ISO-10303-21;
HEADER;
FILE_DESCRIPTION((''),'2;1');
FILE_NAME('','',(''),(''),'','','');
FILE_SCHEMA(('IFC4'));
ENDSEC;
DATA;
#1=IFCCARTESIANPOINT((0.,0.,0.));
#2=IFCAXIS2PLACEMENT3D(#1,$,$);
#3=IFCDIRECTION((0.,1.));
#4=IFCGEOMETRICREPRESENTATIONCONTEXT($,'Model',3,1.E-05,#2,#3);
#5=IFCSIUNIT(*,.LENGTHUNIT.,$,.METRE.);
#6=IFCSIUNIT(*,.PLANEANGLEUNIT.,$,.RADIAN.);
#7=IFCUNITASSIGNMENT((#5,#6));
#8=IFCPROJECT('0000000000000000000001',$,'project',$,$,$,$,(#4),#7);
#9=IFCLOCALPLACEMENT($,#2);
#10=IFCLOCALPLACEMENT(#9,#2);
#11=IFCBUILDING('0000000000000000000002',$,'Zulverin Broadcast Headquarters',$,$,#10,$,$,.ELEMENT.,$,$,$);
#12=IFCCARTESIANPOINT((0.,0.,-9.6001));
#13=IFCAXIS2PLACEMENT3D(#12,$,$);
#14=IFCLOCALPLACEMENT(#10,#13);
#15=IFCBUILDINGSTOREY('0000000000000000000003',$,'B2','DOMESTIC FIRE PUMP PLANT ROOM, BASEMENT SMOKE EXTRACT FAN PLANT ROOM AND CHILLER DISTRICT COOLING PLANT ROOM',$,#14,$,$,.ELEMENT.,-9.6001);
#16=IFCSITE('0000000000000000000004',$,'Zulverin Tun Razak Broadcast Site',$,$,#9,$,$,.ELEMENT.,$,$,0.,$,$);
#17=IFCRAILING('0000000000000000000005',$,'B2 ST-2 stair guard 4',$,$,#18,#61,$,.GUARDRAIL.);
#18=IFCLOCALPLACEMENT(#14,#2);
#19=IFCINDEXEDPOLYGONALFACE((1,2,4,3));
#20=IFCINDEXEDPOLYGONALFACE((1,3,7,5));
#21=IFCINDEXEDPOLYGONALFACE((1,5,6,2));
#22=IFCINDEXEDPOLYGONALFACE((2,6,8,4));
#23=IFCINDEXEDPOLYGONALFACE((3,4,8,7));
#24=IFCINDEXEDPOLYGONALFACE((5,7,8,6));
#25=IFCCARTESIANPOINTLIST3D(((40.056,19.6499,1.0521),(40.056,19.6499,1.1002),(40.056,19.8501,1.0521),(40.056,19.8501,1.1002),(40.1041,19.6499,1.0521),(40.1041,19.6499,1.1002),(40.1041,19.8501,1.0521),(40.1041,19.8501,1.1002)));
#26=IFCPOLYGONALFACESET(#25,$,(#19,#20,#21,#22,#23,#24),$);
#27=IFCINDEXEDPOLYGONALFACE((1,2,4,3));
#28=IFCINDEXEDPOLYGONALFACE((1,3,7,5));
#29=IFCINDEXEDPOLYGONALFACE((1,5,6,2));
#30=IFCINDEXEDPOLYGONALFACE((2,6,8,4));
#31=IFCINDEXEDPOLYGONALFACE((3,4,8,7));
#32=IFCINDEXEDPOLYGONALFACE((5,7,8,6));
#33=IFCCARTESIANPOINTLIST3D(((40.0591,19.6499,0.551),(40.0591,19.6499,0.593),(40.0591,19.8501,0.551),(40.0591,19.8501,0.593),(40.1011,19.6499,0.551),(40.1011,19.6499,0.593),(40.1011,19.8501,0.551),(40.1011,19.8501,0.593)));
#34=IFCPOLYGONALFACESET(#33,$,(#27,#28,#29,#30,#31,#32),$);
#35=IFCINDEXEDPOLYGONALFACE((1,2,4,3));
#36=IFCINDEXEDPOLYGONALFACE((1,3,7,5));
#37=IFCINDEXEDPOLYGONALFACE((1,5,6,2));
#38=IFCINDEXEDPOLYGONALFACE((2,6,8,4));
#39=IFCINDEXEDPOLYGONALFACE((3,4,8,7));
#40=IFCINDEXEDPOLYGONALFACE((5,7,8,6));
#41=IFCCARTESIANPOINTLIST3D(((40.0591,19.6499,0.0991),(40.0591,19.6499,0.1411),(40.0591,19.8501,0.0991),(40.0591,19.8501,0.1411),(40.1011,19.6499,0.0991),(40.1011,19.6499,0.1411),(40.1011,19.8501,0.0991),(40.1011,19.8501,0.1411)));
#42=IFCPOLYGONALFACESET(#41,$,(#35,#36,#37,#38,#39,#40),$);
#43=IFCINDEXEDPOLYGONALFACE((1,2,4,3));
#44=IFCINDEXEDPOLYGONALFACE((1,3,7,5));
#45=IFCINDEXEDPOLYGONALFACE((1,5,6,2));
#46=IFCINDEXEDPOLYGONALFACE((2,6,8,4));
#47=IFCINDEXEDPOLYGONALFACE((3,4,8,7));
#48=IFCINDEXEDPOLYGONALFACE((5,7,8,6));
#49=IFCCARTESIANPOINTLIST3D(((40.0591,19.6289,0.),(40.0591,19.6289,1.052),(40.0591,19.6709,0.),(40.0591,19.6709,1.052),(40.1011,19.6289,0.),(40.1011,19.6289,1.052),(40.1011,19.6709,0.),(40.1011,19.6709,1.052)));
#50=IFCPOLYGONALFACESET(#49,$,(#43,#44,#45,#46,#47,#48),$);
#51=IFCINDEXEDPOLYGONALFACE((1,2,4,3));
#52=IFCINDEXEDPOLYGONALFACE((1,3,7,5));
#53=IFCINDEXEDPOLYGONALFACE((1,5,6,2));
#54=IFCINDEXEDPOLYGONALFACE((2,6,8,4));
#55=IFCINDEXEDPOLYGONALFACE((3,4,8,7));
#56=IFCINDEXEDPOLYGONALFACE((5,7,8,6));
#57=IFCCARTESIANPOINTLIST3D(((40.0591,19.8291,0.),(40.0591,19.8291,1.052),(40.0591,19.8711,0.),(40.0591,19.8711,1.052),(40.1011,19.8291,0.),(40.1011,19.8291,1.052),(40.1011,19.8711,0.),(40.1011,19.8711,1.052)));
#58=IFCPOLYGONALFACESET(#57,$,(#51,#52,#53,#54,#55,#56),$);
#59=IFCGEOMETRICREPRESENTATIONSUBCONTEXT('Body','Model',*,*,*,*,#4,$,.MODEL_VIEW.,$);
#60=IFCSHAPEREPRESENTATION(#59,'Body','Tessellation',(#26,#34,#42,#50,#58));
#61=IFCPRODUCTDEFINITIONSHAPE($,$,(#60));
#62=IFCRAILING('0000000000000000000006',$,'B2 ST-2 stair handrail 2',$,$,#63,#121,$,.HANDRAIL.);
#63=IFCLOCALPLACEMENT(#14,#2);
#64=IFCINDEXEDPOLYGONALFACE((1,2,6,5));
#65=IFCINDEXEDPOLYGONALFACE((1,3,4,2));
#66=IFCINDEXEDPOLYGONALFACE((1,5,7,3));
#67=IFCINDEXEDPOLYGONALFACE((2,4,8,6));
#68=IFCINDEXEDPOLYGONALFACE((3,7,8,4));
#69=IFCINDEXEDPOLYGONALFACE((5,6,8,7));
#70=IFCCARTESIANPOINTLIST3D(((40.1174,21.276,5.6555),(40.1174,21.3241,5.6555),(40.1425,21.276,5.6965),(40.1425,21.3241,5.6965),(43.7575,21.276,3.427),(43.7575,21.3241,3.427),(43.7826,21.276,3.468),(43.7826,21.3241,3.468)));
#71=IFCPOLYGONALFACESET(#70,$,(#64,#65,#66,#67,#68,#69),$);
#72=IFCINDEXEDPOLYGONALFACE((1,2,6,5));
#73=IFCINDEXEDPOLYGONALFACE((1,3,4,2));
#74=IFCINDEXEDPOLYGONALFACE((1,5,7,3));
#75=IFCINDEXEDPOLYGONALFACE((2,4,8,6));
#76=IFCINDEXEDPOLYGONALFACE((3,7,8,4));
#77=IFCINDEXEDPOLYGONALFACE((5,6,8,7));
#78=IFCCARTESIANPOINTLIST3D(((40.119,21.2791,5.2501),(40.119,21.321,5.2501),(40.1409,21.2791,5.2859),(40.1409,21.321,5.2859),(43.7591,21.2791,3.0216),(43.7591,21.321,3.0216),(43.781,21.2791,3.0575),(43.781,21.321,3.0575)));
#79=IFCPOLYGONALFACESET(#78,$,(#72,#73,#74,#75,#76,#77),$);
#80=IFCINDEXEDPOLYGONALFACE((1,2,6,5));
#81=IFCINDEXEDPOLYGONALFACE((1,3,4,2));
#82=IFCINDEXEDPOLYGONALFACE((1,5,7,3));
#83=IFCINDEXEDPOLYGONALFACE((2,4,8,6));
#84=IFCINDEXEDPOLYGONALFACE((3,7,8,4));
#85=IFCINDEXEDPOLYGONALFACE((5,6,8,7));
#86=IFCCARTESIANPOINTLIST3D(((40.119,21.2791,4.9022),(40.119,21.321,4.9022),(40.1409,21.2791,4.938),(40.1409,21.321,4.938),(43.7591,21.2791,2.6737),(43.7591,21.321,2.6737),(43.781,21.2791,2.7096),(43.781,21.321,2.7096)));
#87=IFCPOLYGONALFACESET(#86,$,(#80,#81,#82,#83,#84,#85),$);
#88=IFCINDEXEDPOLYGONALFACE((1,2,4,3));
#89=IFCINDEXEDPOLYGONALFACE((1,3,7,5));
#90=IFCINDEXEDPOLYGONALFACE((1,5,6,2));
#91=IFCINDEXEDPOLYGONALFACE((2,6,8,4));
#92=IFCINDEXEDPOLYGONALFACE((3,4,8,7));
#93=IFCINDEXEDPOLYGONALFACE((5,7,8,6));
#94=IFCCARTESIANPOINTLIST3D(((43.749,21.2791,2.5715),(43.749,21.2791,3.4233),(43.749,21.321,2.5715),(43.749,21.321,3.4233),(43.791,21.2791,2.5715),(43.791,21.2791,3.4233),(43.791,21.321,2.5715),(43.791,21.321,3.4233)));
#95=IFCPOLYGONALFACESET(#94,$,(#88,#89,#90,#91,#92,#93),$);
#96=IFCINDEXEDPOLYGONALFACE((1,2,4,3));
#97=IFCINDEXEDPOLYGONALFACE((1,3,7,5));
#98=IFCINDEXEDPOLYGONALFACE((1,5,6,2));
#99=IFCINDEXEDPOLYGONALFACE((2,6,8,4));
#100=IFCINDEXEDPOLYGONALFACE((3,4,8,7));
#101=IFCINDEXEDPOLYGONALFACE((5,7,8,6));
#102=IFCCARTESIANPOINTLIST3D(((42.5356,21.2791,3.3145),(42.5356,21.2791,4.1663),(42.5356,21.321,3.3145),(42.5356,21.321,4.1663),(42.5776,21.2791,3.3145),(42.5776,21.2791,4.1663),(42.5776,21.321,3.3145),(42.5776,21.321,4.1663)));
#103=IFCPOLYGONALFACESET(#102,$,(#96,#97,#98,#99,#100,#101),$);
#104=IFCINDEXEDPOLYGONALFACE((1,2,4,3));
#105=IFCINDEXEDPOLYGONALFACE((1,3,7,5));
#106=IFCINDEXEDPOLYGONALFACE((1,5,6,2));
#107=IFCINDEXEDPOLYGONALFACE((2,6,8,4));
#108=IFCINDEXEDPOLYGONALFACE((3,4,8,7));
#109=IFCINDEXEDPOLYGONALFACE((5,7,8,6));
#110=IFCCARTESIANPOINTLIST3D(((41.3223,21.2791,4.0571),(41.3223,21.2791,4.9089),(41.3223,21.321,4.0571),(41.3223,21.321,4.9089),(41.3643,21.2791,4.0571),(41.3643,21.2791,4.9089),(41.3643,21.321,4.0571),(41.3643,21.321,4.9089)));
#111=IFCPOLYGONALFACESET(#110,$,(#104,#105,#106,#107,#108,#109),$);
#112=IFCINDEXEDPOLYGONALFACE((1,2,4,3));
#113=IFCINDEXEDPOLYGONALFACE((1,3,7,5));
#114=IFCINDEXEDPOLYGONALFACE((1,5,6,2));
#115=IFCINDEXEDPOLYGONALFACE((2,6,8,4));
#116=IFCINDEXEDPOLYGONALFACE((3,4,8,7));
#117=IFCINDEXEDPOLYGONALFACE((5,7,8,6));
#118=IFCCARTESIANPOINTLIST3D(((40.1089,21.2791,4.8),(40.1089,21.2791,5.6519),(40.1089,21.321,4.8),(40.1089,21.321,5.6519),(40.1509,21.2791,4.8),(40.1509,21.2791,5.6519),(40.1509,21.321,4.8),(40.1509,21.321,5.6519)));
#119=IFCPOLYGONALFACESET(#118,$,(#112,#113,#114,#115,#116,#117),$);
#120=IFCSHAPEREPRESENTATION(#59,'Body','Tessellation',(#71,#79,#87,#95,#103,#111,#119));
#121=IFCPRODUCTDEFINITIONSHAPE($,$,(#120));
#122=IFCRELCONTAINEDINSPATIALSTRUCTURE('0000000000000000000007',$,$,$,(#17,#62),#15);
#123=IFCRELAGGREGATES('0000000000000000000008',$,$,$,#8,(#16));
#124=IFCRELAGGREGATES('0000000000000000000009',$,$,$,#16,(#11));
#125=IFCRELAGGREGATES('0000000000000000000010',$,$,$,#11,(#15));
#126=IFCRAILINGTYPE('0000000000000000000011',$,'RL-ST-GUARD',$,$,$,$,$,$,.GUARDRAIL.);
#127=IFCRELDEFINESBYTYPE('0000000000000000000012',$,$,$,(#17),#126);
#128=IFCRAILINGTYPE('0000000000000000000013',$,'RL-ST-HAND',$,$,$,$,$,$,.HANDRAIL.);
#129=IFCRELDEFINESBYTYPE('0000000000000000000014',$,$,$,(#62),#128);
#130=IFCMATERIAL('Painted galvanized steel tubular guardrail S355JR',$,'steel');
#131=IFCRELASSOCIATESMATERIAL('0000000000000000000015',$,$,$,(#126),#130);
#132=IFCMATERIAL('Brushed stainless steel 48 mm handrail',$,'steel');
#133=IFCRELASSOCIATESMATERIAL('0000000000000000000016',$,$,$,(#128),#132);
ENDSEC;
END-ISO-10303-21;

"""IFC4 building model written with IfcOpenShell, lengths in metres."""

from ifc_helpers import new_model, si_unit, direction, frame, origin, origin_2d, place, context, subcontext, project, spatial, rectangle, extrude, material, type_object, element, save


model = new_model("IFC4")

# Units and contexts
model_context = context("Model", 3, precision=1e-05, world=origin(), true_north=direction((0.0, 1.0)))
body_context = subcontext(model_context, "Body", "Model", "MODEL_VIEW")
ifc_project = project(units=[si_unit("LENGTHUNIT", "METRE"), si_unit("PLANEANGLEUNIT", "RADIAN")], contexts=[model_context])

# Site, building, storey
site_placement = place(None, origin())
site = spatial("IfcSite", under=ifc_project, at=site_placement, Name="Zulverin Tun Razak Broadcast Site", CompositionType="ELEMENT", RefElevation=0.0)
building_placement = place(site_placement, origin())
building = spatial("IfcBuilding", under=site, at=building_placement, Name="Zulverin Broadcast Headquarters", CompositionType="ELEMENT")
storey_placement = place(building_placement, frame((0.0, 0.0, -9.6001)))
storey = spatial("IfcBuildingStorey", under=building, at=storey_placement, Name="B2", Description="DOMESTIC FIRE PUMP PLANT ROOM, BASEMENT SMOKE EXTRACT FAN PLANT ROOM AND CHILLER DISTRICT COOLING PLANT ROOM", CompositionType="ELEMENT", Elevation=-9.6001)

# Railings
ifc_material_1 = material(Name="Painted galvanized steel tubular guardrail S355JR", Category="steel")
railing_type_1 = type_object("IfcRailingType", Name="RL-ST-GUARD", PredefinedType="GUARDRAIL", material=ifc_material_1)
railing_1_placement = place(storey_placement, frame((40.0801, 19.6499, 0.0)))
element("IfcRailing", 1, at=railing_1_placement, inside=storey, type_object=railing_type_1, Name="B2 ST-2 stair guard 4", PredefinedType="GUARDRAIL", context=body_context, shape_type="SweptSolid", body=[
    extrude(rectangle(XDim=0.0481, YDim=0.0481, at=origin_2d()), frame((0.0, 0.0, 1.0762), z_axis=(0.0, 1.0, 0.0), x_axis=(-1.0, 0.0, 0.0)), (0.0, 0.0, 1.0), 0.2002),
    extrude(rectangle(XDim=0.042, YDim=0.042, at=origin_2d()), frame((0.0, 0.0, 0.572), z_axis=(0.0, 1.0, 0.0), x_axis=(-1.0, 0.0, 0.0)), (0.0, 0.0, 1.0), 0.2002),
    extrude(rectangle(XDim=0.042, YDim=0.042, at=origin_2d()), frame((0.0, 0.0, 0.1201), z_axis=(0.0, 1.0, 0.0), x_axis=(-1.0, 0.0, 0.0)), (0.0, 0.0, 1.0), 0.2002),
    extrude(rectangle(XDim=0.042, YDim=0.042, at=origin_2d()), origin(), (0.0, 0.0, 1.0), 1.052),
    extrude(rectangle(XDim=0.042, YDim=0.042, at=origin_2d()), frame((0.0, 0.2002, 0.0)), (0.0, 0.0, 1.0), 1.052),
])
ifc_material_2 = material(Name="Brushed stainless steel 48 mm handrail", Category="steel")
railing_type_2 = type_object("IfcRailingType", Name="RL-ST-HAND", PredefinedType="HANDRAIL", material=ifc_material_2)
railing_2_placement = place(storey_placement, frame((43.77, 21.3, 2.5715)))
element("IfcRailing", 2, at=railing_2_placement, inside=storey, type_object=railing_type_2, Name="B2 ST-2 stair handrail 2", PredefinedType="HANDRAIL", context=body_context, shape_type="SweptSolid", body=[
    extrude(rectangle(XDim=0.0481, YDim=0.0481, at=origin_2d()), frame((0.0, 0.0, 0.876), z_axis=(-0.852866, 0.0, 0.52213), x_axis=(0.0, -1.0, 0.0)), (0.0, 0.0, 1.0), 4.2681),
    extrude(rectangle(XDim=0.042, YDim=0.042, at=origin_2d()), frame((0.0, 0.0, 0.468), z_axis=(-0.852866, 0.0, 0.52213), x_axis=(0.0, -1.0, 0.0)), (0.0, 0.0, 1.0), 4.2681),
    extrude(rectangle(XDim=0.042, YDim=0.042, at=origin_2d()), frame((0.0, 0.0, 0.1201), z_axis=(-0.852866, 0.0, 0.52213), x_axis=(0.0, -1.0, 0.0)), (0.0, 0.0, 1.0), 4.2681),
    extrude(rectangle(XDim=0.042, YDim=0.042, at=origin_2d()), origin(), (0.0, 0.0, 1.0), 0.8518),
    extrude(rectangle(XDim=0.042, YDim=0.042, at=origin_2d()), frame((-1.2134, 0.0, 0.7429)), (0.0, 0.0, 1.0), 0.8518),
    extrude(rectangle(XDim=0.042, YDim=0.042, at=origin_2d()), frame((-2.4268, 0.0, 1.4856)), (0.0, 0.0, 1.0), 0.8518),
    extrude(rectangle(XDim=0.042, YDim=0.042, at=origin_2d()), frame((-3.6401, 0.0, 2.2285)), (0.0, 0.0, 1.0), 0.8518),
])

save(model, "model.ifc")
